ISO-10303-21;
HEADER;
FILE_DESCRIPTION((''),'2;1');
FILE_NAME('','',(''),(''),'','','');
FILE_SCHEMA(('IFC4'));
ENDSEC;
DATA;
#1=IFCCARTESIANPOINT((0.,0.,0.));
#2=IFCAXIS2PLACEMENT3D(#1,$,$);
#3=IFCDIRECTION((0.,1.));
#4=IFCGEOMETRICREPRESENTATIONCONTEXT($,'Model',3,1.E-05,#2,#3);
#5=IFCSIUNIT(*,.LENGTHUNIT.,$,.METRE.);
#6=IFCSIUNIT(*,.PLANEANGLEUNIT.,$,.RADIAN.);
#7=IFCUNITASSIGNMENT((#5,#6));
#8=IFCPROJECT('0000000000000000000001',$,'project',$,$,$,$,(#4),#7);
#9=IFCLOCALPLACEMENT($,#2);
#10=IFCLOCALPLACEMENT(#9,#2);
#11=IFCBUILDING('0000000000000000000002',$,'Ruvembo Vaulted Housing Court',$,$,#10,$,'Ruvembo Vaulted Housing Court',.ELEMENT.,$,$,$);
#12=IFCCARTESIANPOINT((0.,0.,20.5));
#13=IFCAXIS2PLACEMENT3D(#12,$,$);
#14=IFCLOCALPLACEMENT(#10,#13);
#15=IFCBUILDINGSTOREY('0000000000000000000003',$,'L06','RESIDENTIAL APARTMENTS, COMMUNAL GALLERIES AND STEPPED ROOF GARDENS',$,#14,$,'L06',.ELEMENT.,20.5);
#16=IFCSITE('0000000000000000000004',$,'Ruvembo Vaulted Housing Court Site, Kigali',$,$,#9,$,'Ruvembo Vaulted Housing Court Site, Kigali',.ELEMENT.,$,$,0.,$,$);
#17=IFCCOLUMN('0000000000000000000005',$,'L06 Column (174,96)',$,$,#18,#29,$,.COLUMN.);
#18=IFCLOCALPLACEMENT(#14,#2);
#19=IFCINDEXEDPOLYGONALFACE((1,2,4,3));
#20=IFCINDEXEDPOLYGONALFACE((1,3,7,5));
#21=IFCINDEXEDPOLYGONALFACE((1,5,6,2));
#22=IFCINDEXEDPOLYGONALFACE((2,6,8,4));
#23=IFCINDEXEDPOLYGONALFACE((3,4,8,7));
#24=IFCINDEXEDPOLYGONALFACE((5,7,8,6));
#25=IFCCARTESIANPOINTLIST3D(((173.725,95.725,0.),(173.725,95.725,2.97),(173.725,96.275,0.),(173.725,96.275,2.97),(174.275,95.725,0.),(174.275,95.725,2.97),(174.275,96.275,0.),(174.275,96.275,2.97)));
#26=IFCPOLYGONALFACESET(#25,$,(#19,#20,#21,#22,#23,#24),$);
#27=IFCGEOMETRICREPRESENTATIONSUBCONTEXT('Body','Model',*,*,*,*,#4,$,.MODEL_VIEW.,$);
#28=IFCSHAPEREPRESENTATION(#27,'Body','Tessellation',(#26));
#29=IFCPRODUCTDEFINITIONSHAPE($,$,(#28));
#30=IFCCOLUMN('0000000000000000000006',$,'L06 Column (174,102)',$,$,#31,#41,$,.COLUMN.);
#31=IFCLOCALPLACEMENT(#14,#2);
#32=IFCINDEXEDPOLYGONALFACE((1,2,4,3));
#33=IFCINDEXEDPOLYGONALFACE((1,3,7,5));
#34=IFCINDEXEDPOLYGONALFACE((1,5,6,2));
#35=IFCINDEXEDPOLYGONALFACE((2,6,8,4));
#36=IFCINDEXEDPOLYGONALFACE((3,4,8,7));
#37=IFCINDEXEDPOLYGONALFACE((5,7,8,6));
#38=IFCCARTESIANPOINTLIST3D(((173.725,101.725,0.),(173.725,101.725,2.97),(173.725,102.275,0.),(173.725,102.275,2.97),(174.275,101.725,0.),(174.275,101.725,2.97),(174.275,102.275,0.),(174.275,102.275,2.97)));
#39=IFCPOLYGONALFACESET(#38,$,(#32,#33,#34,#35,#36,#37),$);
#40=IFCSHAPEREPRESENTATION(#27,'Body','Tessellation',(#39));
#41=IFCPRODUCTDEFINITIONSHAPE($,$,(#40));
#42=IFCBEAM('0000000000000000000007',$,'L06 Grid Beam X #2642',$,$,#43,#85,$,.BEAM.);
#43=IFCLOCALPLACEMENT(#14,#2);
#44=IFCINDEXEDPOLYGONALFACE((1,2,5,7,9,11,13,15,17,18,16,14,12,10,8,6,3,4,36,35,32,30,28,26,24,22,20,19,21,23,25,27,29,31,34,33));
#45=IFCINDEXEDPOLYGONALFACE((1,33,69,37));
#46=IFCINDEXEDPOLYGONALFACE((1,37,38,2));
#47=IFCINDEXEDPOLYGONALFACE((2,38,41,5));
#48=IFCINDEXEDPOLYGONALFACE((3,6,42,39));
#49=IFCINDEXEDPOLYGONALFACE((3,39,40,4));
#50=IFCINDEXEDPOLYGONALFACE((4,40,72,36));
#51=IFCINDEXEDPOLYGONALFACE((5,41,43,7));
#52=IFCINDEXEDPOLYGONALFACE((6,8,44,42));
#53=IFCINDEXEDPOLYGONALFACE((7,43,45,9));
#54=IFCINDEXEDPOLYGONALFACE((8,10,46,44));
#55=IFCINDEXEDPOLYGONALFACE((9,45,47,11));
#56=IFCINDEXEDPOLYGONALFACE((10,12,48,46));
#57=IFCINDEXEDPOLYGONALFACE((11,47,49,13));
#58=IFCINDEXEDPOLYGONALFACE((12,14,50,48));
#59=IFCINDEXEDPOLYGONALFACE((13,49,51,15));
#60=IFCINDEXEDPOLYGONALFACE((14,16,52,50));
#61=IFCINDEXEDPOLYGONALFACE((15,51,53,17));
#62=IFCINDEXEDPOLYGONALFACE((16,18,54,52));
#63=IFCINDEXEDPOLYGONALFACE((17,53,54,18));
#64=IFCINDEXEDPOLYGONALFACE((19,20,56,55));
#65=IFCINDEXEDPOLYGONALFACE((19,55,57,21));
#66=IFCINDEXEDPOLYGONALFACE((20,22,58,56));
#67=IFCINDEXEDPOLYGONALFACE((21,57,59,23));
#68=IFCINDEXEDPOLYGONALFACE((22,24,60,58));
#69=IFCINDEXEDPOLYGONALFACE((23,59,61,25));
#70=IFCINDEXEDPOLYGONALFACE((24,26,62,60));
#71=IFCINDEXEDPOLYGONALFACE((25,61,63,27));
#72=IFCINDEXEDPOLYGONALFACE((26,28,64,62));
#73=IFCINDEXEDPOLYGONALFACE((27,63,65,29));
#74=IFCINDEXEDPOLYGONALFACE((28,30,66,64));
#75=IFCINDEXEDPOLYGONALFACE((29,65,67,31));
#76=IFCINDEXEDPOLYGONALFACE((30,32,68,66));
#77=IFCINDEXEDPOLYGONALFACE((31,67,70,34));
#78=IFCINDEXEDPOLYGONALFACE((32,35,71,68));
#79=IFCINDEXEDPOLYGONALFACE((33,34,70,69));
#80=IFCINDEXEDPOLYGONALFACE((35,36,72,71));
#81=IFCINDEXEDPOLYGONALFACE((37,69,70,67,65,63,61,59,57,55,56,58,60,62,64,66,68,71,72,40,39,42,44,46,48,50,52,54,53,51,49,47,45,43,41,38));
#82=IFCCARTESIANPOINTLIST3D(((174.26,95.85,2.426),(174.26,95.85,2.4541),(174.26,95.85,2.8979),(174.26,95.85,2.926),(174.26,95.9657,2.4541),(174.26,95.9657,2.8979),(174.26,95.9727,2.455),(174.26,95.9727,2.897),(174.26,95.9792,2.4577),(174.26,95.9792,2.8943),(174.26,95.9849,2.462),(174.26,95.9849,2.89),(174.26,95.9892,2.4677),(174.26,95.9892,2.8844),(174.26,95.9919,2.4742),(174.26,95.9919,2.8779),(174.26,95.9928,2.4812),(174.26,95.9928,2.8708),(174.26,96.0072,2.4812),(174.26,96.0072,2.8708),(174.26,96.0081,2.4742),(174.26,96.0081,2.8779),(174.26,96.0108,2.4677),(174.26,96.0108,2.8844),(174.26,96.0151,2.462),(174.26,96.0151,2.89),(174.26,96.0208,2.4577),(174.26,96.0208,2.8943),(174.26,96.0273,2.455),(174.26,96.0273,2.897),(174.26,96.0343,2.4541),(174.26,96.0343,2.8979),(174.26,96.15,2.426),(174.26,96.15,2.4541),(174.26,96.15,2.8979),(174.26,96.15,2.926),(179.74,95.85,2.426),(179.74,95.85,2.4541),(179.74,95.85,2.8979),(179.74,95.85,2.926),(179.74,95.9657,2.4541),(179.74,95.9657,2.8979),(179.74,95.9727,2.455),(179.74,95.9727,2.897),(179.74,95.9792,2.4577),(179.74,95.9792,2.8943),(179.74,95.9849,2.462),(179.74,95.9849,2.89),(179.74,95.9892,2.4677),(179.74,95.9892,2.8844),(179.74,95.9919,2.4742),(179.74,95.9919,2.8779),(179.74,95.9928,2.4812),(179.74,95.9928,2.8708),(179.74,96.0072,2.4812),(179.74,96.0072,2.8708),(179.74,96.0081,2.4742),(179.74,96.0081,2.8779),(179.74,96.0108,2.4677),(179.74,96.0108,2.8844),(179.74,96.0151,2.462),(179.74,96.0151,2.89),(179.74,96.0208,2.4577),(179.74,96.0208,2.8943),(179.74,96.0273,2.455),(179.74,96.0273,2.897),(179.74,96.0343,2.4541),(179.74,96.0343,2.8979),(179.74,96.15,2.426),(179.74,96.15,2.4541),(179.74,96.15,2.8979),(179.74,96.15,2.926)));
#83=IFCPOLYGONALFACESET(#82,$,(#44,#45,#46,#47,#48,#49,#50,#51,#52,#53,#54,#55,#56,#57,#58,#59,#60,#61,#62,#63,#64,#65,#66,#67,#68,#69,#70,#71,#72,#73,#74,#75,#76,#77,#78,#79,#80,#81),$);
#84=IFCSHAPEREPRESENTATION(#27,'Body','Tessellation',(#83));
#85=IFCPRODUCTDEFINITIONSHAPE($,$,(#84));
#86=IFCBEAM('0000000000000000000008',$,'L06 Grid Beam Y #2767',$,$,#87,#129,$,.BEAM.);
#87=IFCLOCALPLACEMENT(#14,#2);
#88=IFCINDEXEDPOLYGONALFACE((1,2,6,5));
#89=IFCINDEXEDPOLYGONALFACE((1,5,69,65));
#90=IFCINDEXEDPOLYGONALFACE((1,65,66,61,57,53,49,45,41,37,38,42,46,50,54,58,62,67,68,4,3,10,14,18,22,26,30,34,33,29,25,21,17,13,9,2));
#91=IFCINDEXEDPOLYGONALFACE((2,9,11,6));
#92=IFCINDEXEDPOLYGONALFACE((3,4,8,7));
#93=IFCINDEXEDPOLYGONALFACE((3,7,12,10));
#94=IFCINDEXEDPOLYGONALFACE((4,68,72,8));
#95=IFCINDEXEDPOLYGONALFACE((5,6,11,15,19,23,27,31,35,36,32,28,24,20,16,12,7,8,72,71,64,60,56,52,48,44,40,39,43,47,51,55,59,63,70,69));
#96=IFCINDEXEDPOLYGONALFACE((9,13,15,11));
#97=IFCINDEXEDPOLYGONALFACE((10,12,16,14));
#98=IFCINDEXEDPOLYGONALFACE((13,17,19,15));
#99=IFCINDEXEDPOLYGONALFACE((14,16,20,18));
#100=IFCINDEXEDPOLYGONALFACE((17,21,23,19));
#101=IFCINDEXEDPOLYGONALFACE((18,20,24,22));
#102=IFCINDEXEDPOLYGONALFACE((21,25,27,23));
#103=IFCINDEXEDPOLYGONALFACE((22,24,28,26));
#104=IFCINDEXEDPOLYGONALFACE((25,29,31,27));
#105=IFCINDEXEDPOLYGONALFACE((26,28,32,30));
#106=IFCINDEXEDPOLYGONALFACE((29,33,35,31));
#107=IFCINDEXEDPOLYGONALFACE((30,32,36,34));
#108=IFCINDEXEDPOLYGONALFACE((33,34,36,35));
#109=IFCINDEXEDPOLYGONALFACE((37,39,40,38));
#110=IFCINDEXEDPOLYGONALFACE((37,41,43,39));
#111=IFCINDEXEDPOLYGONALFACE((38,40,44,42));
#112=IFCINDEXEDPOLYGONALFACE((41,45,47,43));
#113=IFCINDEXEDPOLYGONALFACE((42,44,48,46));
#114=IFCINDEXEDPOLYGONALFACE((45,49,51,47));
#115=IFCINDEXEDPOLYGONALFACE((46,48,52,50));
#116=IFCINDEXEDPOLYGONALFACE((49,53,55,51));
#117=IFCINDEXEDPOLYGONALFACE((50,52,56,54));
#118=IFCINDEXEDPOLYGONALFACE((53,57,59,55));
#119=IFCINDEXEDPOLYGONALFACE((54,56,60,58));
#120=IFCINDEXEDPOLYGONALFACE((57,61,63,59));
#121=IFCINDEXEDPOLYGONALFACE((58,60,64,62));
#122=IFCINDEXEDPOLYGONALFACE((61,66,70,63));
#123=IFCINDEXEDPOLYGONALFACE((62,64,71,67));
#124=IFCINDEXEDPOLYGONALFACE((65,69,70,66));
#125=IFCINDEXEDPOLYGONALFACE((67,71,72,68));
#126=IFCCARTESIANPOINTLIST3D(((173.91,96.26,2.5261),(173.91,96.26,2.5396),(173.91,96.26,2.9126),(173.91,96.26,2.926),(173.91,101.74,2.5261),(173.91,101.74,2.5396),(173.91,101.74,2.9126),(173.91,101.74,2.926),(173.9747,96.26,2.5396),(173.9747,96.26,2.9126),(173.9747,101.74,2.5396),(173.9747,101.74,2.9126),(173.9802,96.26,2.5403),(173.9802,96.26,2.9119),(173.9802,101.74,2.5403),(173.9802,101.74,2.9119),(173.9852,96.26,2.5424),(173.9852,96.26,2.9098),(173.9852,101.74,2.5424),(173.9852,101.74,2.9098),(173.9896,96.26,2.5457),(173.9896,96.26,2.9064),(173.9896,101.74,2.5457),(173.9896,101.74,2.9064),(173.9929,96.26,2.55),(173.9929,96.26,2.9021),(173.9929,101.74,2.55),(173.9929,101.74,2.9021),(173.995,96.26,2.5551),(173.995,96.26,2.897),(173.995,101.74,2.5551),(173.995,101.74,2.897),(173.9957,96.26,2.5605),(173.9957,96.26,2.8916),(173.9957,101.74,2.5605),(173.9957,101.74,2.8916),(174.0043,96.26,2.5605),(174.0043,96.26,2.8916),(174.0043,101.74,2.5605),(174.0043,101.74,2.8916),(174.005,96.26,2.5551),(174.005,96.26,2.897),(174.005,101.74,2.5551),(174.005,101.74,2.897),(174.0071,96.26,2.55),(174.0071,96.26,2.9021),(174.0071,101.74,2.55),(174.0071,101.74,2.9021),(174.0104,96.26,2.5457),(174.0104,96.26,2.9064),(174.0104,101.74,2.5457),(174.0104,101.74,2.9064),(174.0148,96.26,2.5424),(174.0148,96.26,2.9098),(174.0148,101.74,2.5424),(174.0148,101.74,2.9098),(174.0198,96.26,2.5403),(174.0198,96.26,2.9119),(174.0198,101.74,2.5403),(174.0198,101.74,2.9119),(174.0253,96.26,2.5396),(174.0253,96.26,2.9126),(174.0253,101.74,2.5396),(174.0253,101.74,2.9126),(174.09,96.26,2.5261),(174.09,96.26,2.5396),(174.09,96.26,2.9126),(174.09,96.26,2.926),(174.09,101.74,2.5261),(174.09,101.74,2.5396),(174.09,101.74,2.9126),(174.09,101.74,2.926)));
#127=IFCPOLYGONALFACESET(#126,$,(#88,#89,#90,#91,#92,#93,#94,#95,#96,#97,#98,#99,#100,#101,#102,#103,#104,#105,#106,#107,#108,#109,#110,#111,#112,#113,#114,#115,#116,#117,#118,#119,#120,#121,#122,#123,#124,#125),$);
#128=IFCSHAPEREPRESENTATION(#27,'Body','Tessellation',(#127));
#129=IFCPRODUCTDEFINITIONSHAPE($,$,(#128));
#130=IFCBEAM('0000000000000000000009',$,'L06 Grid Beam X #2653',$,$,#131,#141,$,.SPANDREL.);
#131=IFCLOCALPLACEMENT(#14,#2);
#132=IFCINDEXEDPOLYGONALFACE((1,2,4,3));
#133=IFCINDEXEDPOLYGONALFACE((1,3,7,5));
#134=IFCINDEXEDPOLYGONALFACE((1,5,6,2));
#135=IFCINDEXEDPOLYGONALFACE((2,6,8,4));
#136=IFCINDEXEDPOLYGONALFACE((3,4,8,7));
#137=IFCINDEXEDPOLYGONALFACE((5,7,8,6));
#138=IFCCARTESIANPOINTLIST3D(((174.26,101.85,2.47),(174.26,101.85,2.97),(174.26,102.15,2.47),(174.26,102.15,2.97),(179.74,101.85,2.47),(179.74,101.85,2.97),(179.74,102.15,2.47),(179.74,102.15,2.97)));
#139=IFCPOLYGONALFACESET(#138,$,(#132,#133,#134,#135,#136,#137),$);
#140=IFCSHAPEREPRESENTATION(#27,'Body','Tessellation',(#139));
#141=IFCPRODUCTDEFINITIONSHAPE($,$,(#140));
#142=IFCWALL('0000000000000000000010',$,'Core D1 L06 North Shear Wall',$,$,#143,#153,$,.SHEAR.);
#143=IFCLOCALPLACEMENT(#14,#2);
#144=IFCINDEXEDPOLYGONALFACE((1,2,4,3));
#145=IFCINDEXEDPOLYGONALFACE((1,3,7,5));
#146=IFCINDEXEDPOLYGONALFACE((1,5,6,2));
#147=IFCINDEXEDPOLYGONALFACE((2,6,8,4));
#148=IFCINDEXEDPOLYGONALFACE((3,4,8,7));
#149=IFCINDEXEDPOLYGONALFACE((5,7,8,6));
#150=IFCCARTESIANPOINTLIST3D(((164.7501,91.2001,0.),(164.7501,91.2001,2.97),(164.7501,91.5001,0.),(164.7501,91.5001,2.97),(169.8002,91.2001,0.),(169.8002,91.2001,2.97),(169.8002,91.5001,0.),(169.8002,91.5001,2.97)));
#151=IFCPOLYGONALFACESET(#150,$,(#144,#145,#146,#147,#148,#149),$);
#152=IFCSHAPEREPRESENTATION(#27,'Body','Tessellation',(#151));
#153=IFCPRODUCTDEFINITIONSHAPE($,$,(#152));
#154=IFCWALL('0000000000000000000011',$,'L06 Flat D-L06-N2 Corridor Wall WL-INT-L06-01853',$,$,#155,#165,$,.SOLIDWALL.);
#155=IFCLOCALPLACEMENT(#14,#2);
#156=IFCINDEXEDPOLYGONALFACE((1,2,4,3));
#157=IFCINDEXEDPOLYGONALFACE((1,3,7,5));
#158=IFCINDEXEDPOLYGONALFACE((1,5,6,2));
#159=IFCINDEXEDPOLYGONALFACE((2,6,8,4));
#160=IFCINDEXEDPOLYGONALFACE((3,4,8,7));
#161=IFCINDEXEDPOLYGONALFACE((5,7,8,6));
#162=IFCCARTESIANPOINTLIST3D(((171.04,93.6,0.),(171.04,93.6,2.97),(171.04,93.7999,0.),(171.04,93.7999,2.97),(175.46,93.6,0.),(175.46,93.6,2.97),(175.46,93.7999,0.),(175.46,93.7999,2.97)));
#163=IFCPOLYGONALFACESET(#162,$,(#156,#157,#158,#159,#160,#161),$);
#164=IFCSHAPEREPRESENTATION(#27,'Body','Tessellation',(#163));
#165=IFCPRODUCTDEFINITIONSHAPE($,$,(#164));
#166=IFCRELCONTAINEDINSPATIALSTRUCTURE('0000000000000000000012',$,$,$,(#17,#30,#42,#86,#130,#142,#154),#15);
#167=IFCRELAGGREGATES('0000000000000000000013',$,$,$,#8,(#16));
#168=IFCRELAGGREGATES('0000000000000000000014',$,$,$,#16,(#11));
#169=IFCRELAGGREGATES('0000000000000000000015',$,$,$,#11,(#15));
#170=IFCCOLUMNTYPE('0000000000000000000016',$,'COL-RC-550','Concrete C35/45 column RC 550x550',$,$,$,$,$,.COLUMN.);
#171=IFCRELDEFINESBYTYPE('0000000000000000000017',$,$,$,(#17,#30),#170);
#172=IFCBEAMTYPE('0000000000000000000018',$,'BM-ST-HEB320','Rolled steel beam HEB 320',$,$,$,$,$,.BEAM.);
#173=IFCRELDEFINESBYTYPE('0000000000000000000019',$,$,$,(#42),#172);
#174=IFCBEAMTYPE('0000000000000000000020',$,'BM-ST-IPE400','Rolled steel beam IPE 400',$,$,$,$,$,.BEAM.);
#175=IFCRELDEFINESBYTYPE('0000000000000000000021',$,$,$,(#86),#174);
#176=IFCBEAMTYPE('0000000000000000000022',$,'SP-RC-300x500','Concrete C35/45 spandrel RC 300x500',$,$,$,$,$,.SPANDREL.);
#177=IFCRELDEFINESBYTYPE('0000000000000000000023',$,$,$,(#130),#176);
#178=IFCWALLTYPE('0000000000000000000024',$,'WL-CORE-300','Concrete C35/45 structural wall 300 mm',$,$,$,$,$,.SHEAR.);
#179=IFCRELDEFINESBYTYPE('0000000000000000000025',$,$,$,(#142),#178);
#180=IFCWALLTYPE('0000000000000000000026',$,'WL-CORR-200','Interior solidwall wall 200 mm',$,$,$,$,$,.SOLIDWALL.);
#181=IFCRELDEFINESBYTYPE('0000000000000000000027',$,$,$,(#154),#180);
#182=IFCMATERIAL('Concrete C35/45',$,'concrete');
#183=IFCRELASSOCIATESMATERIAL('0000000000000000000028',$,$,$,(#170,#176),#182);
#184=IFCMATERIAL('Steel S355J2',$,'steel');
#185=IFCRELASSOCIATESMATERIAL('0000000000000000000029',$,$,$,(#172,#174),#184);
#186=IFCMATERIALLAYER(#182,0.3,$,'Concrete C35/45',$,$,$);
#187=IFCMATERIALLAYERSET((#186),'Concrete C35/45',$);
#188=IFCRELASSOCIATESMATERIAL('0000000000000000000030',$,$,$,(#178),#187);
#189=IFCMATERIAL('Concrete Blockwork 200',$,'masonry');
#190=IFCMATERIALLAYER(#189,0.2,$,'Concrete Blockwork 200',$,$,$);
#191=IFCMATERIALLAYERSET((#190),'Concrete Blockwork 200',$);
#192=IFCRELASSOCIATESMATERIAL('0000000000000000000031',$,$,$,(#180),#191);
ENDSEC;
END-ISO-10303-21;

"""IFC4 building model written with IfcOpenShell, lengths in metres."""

from ifc_helpers import new_model, si_unit, direction, frame, frame_2d, origin, origin_2d, place, context, subcontext, project, spatial, rectangle, i_section, extrude, material, layer, layer_set, material_profile, profile_set, type_object, element, save


model = new_model("IFC4")

# Units and contexts
model_context = context("Model", 3, precision=1e-05, world=origin(), true_north=direction((0.0, 1.0)))
body_context = subcontext(model_context, "Body", "Model", "MODEL_VIEW")
ifc_project = project(units=[si_unit("LENGTHUNIT", "METRE"), si_unit("PLANEANGLEUNIT", "RADIAN")], contexts=[model_context])

# Site, building, storey
site_placement = place(None, origin())
site = spatial("IfcSite", under=ifc_project, at=site_placement, Name="Ruvembo Vaulted Housing Court Site, Kigali", LongName="Ruvembo Vaulted Housing Court Site, Kigali", CompositionType="ELEMENT", RefElevation=0.0)
building_placement = place(site_placement, origin())
building = spatial("IfcBuilding", under=site, at=building_placement, Name="Ruvembo Vaulted Housing Court", LongName="Ruvembo Vaulted Housing Court", CompositionType="ELEMENT")
storey_placement = place(building_placement, frame((0.0, 0.0, 20.5)))
storey = spatial("IfcBuildingStorey", under=building, at=storey_placement, Name="L06", Description="RESIDENTIAL APARTMENTS, COMMUNAL GALLERIES AND STEPPED ROOF GARDENS", LongName="L06", CompositionType="ELEMENT", Elevation=20.5)

# Columns
ifc_material_1 = material(Name="Concrete C35/45", Category="concrete")
ifc_material_profile_1 = material_profile(ifc_material_1, rectangle(XDim=0.55, YDim=0.55, at=origin_2d()), Name="RC 550x550")
ifc_profile_set_1 = profile_set([ifc_material_profile_1], Name="Concrete C35/45")
column_type = type_object("IfcColumnType", Name="COL-RC-550", Description="Concrete C35/45 column RC 550x550", PredefinedType="COLUMN", material=ifc_profile_set_1)
for number, where, z_axis, x_axis, name in (
    (1, (174.0, 96.0, 0.0), (0.0, 0.0, 1.0), (1.0, 0.0, 0.0), "L06 Column (174,96)"),
    (2, (174.0, 102.0, 0.0), (0.0, 0.0, 1.0), (1.0, 0.0, 0.0), "L06 Column (174,102)"),
):
    element("IfcColumn", number, at=place(storey_placement, frame(where, z_axis=z_axis, x_axis=x_axis)), inside=storey, type_object=column_type, Name=name, PredefinedType="COLUMN", context=body_context, shape_type="SweptSolid", body=[
        extrude(rectangle(XDim=0.55, YDim=0.55, at=origin_2d()), origin(), (0.0, 0.0, 1.0), 2.97),
    ])

# Beams
ifc_material_2 = material(Name="Steel S355J2", Category="steel")
ifc_material_profile_2 = material_profile(ifc_material_2, i_section(OverallWidth=0.3, OverallDepth=0.5, WebThickness=0.0144, FlangeThickness=0.0281, FilletRadius=0.0271, at=origin_2d()), Name="HEB 320")
ifc_profile_set_2 = profile_set([ifc_material_profile_2], Name="Steel S355J2")
beam_type_1 = type_object("IfcBeamType", Name="BM-ST-HEB320", Description="Rolled steel beam HEB 320", PredefinedType="BEAM", material=ifc_profile_set_2)
beam_1_placement = place(storey_placement, frame((174.26, 96.0, 2.676), z_axis=(1.0, 0.0, 0.0), x_axis=(0.0, 1.0, 0.0)))
element("IfcBeam", 3, at=beam_1_placement, inside=storey, type_object=beam_type_1, Name="L06 Grid Beam X #2642", PredefinedType="BEAM", context=body_context, shape_type="SweptSolid", body=[
    extrude(i_section(OverallWidth=0.3, OverallDepth=0.5, WebThickness=0.0144, FlangeThickness=0.0281, FilletRadius=0.0271, at=origin_2d()), origin(), (0.0, 0.0, 1.0), 5.48),
])
ifc_material_profile_3 = material_profile(ifc_material_2, i_section(OverallWidth=0.1799, OverallDepth=0.3999, WebThickness=0.0085, FlangeThickness=0.0134, FilletRadius=0.021, at=origin_2d()), Name="IPE 400")
ifc_profile_set_3 = profile_set([ifc_material_profile_3], Name="Steel S355J2")
beam_type_2 = type_object("IfcBeamType", Name="BM-ST-IPE400", Description="Rolled steel beam IPE 400", PredefinedType="BEAM", material=ifc_profile_set_3)
beam_2_placement = place(storey_placement, frame((174.0, 96.26, 2.7261), z_axis=(0.0, 1.0, 0.0), x_axis=(-1.0, 0.0, 0.0)))
element("IfcBeam", 4, at=beam_2_placement, inside=storey, type_object=beam_type_2, Name="L06 Grid Beam Y #2767", PredefinedType="BEAM", context=body_context, shape_type="SweptSolid", body=[
    extrude(i_section(OverallWidth=0.1799, OverallDepth=0.3999, WebThickness=0.0085, FlangeThickness=0.0134, FilletRadius=0.021, at=origin_2d()), origin(), (0.0, 0.0, 1.0), 5.48),
])
ifc_material_profile_4 = material_profile(ifc_material_1, rectangle(XDim=0.3, YDim=0.5, at=origin_2d()), Name="RC 300x500")
ifc_profile_set_4 = profile_set([ifc_material_profile_4], Name="Concrete C35/45")
beam_type_3 = type_object("IfcBeamType", Name="SP-RC-300x500", Description="Concrete C35/45 spandrel RC 300x500", PredefinedType="SPANDREL", material=ifc_profile_set_4)
beam_3_placement = place(storey_placement, frame((174.26, 102.0, 2.72), z_axis=(1.0, 0.0, 0.0), x_axis=(0.0, 1.0, 0.0)))
element("IfcBeam", 5, at=beam_3_placement, inside=storey, type_object=beam_type_3, Name="L06 Grid Beam X #2653", PredefinedType="SPANDREL", context=body_context, shape_type="SweptSolid", body=[
    extrude(rectangle(XDim=0.3, YDim=0.5, at=origin_2d()), origin(), (0.0, 0.0, 1.0), 5.48),
])

# Walls
ifc_layer_1 = layer(ifc_material_1, 0.3, Name="Concrete C35/45")
ifc_layer_set_1 = layer_set([ifc_layer_1], Name="Concrete C35/45")
wall_type_1 = type_object("IfcWallType", Name="WL-CORE-300", Description="Concrete C35/45 structural wall 300 mm", PredefinedType="SHEAR", material=ifc_layer_set_1)
wall_1_placement = place(storey_placement, frame((169.8, 91.3501, 0.0), z_axis=(0.0, 0.0, 1.0), x_axis=(-1.0, 0.0, 0.0)))
element("IfcWall", 6, at=wall_1_placement, inside=storey, type_object=wall_type_1, Name="Core D1 L06 North Shear Wall", PredefinedType="SHEAR", context=body_context, shape_type="SweptSolid", body=[
    extrude(rectangle(XDim=5.05, YDim=0.3, at=frame_2d((2.5249, 0.0))), origin(), (0.0, 0.0, 1.0), 2.97),
])
ifc_material_3 = material(Name="Concrete Blockwork 200", Category="masonry")
ifc_layer_2 = layer(ifc_material_3, 0.2, Name="Concrete Blockwork 200")
ifc_layer_set_2 = layer_set([ifc_layer_2], Name="Concrete Blockwork 200")
wall_type_2 = type_object("IfcWallType", Name="WL-CORR-200", Description="Interior solidwall wall 200 mm", PredefinedType="SOLIDWALL", material=ifc_layer_set_2)
wall_2_placement = place(storey_placement, frame((171.04, 93.7, 0.0), z_axis=(0.0, 0.0, 1.0), x_axis=(1.0, 0.0, 0.0)))
element("IfcWall", 7, at=wall_2_placement, inside=storey, type_object=wall_type_2, Name="L06 Flat D-L06-N2 Corridor Wall WL-INT-L06-01853", PredefinedType="SOLIDWALL", context=body_context, shape_type="SweptSolid", body=[
    extrude(rectangle(XDim=4.4199, YDim=0.2, at=frame_2d((2.21, 0.0))), origin(), (0.0, 0.0, 1.0), 2.97),
])

save(model, "model.ifc")
